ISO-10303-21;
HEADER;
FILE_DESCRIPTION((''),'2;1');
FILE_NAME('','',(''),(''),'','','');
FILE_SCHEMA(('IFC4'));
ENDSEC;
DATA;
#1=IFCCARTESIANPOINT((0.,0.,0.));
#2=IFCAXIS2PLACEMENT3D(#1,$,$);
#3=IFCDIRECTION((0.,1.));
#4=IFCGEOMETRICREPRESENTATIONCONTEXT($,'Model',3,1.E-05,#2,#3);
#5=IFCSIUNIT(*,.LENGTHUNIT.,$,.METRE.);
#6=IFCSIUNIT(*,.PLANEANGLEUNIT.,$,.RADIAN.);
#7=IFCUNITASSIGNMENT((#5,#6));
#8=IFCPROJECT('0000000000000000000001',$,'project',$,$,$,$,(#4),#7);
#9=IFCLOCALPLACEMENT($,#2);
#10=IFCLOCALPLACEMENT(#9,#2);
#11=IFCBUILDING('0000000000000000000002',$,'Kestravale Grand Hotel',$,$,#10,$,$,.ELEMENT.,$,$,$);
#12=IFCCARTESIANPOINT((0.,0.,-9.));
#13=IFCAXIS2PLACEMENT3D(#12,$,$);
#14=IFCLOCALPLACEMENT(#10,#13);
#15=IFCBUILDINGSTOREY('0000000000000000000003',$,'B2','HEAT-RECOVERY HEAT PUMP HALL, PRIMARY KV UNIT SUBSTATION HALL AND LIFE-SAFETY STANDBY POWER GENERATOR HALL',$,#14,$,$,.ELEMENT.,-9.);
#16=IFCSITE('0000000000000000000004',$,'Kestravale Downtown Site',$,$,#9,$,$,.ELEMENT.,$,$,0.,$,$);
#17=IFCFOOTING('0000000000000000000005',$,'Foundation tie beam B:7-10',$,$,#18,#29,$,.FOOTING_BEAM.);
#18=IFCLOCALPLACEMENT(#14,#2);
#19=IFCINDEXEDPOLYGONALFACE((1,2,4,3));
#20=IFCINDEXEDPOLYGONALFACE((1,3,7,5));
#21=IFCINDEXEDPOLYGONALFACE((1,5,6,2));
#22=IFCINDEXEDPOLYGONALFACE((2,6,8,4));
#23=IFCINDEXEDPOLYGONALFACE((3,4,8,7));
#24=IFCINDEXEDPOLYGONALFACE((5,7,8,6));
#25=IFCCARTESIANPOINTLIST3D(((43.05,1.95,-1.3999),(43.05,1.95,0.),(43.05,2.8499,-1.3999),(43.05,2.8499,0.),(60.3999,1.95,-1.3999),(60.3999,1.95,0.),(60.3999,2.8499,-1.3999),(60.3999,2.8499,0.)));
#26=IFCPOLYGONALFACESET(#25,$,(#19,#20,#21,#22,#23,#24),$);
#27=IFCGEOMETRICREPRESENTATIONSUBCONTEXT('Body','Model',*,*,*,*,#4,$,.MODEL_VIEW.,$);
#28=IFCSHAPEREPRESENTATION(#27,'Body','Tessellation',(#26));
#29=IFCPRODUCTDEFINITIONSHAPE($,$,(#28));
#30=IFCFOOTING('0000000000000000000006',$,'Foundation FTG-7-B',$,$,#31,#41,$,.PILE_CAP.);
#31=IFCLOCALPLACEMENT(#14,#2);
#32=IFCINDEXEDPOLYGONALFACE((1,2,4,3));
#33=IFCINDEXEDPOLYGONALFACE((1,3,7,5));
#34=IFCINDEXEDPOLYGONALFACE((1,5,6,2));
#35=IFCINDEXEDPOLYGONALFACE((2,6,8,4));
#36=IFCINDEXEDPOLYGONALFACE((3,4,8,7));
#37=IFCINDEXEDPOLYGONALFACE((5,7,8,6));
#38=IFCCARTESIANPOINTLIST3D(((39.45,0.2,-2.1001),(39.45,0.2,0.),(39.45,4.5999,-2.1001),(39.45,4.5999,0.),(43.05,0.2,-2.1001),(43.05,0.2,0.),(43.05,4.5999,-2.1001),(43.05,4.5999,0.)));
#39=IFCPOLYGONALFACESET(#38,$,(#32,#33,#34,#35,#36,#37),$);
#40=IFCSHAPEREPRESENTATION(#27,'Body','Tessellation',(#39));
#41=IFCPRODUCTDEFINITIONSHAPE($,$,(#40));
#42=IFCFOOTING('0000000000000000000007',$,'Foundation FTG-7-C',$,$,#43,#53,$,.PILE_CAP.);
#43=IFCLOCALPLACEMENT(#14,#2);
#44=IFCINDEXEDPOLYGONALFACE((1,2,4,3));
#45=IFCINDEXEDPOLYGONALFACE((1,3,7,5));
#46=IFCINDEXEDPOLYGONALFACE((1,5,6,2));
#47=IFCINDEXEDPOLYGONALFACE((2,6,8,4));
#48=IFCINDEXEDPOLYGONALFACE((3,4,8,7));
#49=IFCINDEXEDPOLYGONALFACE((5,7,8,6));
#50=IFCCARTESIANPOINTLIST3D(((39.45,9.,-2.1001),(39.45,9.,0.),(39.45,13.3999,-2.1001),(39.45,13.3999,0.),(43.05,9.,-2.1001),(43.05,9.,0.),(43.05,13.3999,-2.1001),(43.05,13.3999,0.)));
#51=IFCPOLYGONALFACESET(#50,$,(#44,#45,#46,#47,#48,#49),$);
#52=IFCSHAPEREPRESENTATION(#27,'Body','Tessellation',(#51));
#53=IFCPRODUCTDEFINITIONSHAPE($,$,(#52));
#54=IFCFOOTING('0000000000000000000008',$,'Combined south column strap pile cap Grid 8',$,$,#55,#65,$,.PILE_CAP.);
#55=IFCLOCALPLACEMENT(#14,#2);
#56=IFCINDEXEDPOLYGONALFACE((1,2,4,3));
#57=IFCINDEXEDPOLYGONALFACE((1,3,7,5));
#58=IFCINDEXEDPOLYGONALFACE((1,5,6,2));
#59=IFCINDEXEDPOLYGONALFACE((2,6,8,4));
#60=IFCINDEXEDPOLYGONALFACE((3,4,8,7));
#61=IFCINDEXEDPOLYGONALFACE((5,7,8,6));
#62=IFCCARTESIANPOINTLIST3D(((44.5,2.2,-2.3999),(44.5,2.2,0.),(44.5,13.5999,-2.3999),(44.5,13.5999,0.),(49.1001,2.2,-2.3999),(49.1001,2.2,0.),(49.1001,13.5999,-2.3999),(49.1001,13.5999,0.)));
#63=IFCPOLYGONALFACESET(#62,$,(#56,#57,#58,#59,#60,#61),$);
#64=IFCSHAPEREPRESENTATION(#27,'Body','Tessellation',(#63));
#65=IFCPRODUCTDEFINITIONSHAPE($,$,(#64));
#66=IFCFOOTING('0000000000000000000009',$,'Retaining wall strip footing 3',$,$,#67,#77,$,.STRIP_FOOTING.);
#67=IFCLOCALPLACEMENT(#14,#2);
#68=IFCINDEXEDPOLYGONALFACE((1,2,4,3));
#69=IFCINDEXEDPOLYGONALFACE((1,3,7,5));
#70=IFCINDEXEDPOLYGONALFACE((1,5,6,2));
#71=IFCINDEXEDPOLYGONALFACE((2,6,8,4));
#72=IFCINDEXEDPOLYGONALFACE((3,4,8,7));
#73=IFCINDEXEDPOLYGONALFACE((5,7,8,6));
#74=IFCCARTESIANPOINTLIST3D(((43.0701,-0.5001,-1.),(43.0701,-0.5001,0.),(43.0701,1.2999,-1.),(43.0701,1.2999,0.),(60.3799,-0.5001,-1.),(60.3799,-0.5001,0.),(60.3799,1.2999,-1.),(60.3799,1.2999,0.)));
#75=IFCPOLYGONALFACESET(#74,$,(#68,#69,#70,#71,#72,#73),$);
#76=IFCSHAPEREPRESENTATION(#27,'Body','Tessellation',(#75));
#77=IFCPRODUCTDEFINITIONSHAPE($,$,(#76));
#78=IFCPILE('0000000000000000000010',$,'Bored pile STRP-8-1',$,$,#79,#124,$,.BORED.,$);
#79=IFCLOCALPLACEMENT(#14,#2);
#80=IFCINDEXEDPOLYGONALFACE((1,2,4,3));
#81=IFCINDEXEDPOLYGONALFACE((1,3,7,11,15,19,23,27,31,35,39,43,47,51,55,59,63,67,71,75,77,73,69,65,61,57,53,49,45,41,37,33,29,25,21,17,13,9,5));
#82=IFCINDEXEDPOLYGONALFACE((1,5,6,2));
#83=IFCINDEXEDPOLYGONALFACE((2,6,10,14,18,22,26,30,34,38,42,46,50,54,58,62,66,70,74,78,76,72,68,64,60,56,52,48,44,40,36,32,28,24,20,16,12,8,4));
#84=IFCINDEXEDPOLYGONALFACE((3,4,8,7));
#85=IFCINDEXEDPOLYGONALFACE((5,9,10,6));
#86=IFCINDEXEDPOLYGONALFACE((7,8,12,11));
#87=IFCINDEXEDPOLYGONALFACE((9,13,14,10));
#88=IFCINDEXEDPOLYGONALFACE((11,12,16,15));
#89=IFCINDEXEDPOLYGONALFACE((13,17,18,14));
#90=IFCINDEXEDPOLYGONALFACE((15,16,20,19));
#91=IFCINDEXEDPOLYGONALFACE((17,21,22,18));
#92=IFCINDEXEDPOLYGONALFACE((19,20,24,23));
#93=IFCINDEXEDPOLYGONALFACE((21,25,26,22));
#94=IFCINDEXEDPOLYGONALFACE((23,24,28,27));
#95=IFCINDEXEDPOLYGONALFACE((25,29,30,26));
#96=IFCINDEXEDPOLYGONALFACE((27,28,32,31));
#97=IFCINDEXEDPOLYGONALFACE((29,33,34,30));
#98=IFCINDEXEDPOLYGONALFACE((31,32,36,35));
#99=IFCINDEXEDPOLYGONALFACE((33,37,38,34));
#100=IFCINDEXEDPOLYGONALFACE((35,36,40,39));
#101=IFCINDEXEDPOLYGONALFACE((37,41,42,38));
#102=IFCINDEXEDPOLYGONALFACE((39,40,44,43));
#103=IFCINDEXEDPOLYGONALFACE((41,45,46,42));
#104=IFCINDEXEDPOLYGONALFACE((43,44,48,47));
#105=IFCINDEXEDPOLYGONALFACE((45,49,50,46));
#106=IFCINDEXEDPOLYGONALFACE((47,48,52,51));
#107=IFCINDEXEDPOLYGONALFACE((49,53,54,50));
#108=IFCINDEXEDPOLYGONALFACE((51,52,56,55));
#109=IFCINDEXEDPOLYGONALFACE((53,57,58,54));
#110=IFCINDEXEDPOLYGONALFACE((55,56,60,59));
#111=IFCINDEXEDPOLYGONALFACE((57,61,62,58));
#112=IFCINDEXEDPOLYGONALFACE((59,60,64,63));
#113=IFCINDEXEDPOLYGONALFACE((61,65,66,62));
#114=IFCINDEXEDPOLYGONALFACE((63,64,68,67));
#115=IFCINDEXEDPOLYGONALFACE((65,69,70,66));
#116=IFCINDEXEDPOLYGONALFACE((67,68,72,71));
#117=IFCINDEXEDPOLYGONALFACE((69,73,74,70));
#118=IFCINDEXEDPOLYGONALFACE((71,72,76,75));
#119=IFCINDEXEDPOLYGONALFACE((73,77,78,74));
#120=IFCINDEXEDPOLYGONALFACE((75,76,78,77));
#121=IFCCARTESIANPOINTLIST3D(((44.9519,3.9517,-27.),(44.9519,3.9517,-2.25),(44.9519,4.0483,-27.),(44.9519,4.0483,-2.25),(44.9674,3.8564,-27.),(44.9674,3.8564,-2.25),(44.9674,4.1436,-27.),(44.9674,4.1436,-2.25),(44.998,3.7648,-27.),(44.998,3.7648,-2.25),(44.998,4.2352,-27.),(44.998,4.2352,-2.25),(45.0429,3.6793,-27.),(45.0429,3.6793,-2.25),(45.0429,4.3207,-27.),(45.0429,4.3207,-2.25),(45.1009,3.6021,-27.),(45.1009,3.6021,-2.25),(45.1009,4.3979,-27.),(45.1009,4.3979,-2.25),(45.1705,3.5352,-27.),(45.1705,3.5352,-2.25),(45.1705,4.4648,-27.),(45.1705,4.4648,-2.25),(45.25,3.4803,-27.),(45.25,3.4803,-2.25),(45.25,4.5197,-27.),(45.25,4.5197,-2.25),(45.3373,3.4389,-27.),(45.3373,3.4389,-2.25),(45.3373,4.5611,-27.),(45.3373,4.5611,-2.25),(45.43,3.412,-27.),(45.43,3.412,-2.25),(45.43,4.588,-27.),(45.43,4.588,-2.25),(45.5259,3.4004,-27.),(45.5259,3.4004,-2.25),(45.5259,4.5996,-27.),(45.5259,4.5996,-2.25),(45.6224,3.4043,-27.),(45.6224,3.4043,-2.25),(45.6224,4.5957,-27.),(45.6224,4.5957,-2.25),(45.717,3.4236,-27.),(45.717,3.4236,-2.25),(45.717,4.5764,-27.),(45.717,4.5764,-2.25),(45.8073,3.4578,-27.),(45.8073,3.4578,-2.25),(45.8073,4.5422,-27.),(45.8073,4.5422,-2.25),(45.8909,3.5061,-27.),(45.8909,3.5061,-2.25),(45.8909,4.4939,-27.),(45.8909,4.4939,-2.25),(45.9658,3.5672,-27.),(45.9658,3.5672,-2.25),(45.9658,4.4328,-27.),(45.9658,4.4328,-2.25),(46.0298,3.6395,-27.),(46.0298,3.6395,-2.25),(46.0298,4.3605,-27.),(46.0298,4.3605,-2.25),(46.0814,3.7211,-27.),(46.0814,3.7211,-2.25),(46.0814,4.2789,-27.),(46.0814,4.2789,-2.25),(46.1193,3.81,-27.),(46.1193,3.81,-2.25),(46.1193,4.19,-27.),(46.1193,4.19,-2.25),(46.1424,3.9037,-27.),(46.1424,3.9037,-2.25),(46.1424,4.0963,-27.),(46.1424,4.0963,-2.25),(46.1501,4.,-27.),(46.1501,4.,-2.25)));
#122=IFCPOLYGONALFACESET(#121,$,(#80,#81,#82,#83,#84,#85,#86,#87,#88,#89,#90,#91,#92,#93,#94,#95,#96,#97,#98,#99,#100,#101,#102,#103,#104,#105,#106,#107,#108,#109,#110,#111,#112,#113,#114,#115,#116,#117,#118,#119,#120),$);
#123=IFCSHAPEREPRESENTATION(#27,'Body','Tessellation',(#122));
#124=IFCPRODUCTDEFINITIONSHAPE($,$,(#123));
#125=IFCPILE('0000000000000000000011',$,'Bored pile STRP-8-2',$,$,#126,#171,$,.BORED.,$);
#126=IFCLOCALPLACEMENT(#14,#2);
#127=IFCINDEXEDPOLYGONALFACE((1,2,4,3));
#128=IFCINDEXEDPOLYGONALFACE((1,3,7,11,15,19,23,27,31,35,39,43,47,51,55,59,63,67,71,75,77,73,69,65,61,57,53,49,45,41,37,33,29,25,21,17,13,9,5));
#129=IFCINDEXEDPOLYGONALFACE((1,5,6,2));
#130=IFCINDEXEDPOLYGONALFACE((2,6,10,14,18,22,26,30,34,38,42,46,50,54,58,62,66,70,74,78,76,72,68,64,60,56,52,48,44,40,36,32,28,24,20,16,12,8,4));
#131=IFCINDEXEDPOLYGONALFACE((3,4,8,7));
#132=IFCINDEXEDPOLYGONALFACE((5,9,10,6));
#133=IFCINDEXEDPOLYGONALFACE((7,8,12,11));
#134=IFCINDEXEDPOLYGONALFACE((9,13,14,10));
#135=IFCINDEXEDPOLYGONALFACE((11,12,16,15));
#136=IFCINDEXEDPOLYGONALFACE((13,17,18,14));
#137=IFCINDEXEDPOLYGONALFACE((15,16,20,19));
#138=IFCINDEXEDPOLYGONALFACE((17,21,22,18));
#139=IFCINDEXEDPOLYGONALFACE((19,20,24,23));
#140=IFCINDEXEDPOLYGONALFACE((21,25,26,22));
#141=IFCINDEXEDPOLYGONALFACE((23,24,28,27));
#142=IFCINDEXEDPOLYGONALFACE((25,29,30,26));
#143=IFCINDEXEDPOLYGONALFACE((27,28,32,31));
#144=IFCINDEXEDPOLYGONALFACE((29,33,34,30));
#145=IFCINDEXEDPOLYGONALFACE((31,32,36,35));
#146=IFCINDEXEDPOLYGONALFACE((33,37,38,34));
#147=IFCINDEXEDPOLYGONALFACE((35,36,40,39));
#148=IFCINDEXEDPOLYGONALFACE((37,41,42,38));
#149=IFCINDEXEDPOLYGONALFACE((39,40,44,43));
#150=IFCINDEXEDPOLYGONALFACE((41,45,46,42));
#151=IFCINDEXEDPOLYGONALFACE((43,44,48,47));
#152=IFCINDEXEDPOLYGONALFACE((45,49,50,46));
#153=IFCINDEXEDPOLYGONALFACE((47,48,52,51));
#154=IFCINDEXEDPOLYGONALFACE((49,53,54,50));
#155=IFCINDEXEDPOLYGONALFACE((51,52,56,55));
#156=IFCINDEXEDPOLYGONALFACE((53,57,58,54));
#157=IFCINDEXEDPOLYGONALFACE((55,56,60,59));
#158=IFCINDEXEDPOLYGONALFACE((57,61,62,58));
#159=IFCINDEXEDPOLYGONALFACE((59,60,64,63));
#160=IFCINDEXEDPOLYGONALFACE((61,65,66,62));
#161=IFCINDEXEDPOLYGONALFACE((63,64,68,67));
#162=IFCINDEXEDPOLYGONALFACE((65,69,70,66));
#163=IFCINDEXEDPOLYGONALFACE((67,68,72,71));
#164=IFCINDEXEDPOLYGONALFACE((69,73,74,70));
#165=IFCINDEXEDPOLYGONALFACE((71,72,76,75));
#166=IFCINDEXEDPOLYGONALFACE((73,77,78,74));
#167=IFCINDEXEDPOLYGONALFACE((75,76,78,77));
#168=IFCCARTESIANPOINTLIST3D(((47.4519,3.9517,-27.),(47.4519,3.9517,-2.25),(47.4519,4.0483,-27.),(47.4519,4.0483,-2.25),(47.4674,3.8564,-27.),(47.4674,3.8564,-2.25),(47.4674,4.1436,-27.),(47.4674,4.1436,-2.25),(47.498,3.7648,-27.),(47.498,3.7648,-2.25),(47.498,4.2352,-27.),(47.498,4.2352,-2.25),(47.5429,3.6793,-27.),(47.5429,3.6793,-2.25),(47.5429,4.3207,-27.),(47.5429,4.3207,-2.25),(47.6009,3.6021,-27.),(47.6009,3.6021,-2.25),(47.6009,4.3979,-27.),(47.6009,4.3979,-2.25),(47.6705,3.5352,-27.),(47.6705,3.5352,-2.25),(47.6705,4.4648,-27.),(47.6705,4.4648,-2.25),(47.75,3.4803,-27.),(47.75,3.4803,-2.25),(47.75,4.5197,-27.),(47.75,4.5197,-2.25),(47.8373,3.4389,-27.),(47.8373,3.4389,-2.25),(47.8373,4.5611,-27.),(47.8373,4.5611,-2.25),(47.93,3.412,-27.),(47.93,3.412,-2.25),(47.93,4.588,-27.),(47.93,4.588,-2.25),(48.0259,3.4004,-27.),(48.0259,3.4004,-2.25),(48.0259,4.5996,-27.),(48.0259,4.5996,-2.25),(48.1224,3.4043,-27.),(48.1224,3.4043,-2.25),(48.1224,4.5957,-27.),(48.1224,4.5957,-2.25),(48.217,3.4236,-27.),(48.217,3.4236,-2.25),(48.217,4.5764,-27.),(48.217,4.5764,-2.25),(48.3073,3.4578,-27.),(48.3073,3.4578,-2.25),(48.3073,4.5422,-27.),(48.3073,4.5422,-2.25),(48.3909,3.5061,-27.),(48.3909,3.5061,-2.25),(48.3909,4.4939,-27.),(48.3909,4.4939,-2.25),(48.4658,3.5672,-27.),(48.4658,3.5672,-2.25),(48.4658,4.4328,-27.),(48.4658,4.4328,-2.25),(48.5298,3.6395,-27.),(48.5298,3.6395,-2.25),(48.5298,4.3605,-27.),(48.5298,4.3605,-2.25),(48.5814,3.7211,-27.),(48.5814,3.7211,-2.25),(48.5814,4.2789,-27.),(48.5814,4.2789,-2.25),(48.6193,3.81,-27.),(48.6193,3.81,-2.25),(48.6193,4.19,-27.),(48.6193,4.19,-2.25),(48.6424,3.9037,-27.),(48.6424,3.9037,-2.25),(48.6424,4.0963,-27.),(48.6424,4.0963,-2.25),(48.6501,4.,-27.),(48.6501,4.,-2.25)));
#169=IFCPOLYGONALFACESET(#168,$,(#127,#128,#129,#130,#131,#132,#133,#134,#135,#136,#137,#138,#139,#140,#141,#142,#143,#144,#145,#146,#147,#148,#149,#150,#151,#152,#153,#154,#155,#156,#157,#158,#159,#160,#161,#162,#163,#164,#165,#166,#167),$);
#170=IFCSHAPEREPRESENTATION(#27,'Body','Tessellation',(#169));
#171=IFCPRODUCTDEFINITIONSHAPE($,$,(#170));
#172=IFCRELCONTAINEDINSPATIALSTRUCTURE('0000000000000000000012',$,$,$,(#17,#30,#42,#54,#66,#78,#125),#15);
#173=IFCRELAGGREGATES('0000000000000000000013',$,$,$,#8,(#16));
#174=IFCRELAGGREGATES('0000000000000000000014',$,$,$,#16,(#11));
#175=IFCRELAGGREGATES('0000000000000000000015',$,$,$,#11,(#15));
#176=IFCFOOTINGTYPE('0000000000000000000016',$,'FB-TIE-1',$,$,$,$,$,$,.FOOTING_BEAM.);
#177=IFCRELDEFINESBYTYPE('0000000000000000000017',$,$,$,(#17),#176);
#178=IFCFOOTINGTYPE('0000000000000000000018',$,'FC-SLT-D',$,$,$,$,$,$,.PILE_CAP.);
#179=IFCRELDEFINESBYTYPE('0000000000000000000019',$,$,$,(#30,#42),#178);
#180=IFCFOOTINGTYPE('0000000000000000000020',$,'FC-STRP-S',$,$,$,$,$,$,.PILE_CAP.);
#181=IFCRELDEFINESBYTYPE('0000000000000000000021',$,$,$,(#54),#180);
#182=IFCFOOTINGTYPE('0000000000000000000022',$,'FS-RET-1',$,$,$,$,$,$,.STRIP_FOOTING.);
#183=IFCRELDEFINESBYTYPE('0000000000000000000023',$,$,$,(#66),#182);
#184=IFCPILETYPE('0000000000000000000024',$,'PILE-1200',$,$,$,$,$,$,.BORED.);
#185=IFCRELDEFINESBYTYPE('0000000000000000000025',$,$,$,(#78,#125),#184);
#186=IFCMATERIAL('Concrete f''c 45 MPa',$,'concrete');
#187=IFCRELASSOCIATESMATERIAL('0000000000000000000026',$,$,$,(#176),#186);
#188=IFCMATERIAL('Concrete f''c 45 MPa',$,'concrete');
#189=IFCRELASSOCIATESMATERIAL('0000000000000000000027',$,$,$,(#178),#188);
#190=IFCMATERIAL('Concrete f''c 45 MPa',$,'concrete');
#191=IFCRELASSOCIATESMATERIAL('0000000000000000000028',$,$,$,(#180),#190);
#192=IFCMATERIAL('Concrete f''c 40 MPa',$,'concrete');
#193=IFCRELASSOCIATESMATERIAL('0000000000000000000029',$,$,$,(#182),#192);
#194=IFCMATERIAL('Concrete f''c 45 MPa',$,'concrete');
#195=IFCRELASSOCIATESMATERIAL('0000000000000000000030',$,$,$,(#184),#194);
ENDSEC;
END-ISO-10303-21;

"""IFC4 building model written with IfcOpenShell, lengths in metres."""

from ifc_helpers import new_model, si_unit, direction, frame, origin, origin_2d, place, context, subcontext, project, spatial, rectangle, circle, extrude, material, material_profile, profile_set, type_object, element, save


model = new_model("IFC4")

# Units and contexts
model_context = context("Model", 3, precision=1e-05, world=origin(), true_north=direction((0.0, 1.0)))
body_context = subcontext(model_context, "Body", "Model", "MODEL_VIEW")
ifc_project = project(units=[si_unit("LENGTHUNIT", "METRE"), si_unit("PLANEANGLEUNIT", "RADIAN")], contexts=[model_context])

# Site, building, storey
site_placement = place(None, origin())
site = spatial("IfcSite", under=ifc_project, at=site_placement, Name="Kestravale Downtown Site", CompositionType="ELEMENT", RefElevation=0.0)
building_placement = place(site_placement, origin())
building = spatial("IfcBuilding", under=site, at=building_placement, Name="Kestravale Grand Hotel", CompositionType="ELEMENT")
storey_placement = place(building_placement, frame((0.0, 0.0, -9.0)))
storey = spatial("IfcBuildingStorey", under=building, at=storey_placement, Name="B2", Description="HEAT-RECOVERY HEAT PUMP HALL, PRIMARY KV UNIT SUBSTATION HALL AND LIFE-SAFETY STANDBY POWER GENERATOR HALL", CompositionType="ELEMENT", Elevation=-9.0)

# Footings
ifc_material_1 = material(Name="Concrete f'c 45 MPa", Category="concrete")
ifc_material_profile_1 = material_profile(ifc_material_1, rectangle(XDim=0.8999, YDim=1.3999, at=origin_2d()))
ifc_profile_set_1 = profile_set([ifc_material_profile_1], Name="Concrete f'c 45 MPa")
footing_type_1 = type_object("IfcFootingType", Name="FB-TIE-1", PredefinedType="FOOTING_BEAM", material=ifc_profile_set_1)
footing_1_placement = place(storey_placement, frame((43.05, 2.3999, -0.7), z_axis=(1.0, 0.0, 0.0), x_axis=(0.0, 1.0, 0.0)))
element("IfcFooting", 1, at=footing_1_placement, inside=storey, type_object=footing_type_1, Name="Foundation tie beam B:7-10", PredefinedType="FOOTING_BEAM", context=body_context, shape_type="SweptSolid", body=[
    extrude(rectangle(XDim=0.8999, YDim=1.3999, at=origin_2d()), origin(), (0.0, 0.0, 1.0), 17.3499),
])
ifc_material_2 = material(Name="Concrete f'c 45 MPa", Category="concrete")
footing_type_2 = type_object("IfcFootingType", Name="FC-SLT-D", PredefinedType="PILE_CAP", material=ifc_material_2)
for number, where, z_axis, x_axis, name in (
    (2, (41.25, 2.3999, -2.1001), (0.0, 0.0, 1.0), (1.0, 0.0, 0.0), "Foundation FTG-7-B"),
    (3, (41.25, 11.2, -2.1001), (0.0, 0.0, 1.0), (1.0, 0.0, 0.0), "Foundation FTG-7-C"),
):
    element("IfcFooting", number, at=place(storey_placement, frame(where, z_axis=z_axis, x_axis=x_axis)), inside=storey, type_object=footing_type_2, Name=name, PredefinedType="PILE_CAP", context=body_context, shape_type="SweptSolid", body=[
        extrude(rectangle(XDim=3.6001, YDim=4.3999, at=origin_2d()), origin(), (0.0, 0.0, 1.0), 2.1001),
    ])
ifc_material_3 = material(Name="Concrete f'c 45 MPa", Category="concrete")
footing_type_3 = type_object("IfcFootingType", Name="FC-STRP-S", PredefinedType="PILE_CAP", material=ifc_material_3)
footing_2_placement = place(storey_placement, frame((46.8, 7.8999, -2.3999), z_axis=(0.0, 0.0, 1.0), x_axis=(1.0, 0.0, 0.0)))
element("IfcFooting", 4, at=footing_2_placement, inside=storey, type_object=footing_type_3, Name="Combined south column strap pile cap Grid 8", PredefinedType="PILE_CAP", context=body_context, shape_type="SweptSolid", body=[
    extrude(rectangle(XDim=4.6001, YDim=11.3999, at=origin_2d()), origin(), (0.0, 0.0, 1.0), 2.3999),
])
ifc_material_4 = material(Name="Concrete f'c 40 MPa", Category="concrete")
ifc_material_profile_2 = material_profile(ifc_material_4, rectangle(XDim=1.8, YDim=1.0, at=origin_2d()))
ifc_profile_set_2 = profile_set([ifc_material_profile_2], Name="Concrete f'c 40 MPa")
footing_type_4 = type_object("IfcFootingType", Name="FS-RET-1", PredefinedType="STRIP_FOOTING", material=ifc_profile_set_2)
footing_3_placement = place(storey_placement, frame((43.0701, 0.3999, -0.5), z_axis=(1.0, 0.0, 0.0), x_axis=(0.0, 1.0, 0.0)))
element("IfcFooting", 5, at=footing_3_placement, inside=storey, type_object=footing_type_4, Name="Retaining wall strip footing 3", PredefinedType="STRIP_FOOTING", context=body_context, shape_type="SweptSolid", body=[
    extrude(rectangle(XDim=1.8, YDim=1.0, at=origin_2d()), origin(), (0.0, 0.0, 1.0), 17.3098),
])

# Piles
ifc_material_5 = material(Name="Concrete f'c 45 MPa", Category="concrete")
ifc_material_profile_3 = material_profile(ifc_material_5, circle(Radius=0.6001, at=origin_2d()))
ifc_profile_set_3 = profile_set([ifc_material_profile_3], Name="Concrete f'c 45 MPa")
pile_type_1 = type_object("IfcPileType", Name="PILE-1200", PredefinedType="BORED", material=ifc_profile_set_3)
for number, where, z_axis, x_axis, name in (
    (6, (45.55, 4.0, -2.25), (0.0, 0.0, -1.0), (1.0, 0.0, 0.0), "Bored pile STRP-8-1"),
    (7, (48.05, 4.0, -2.25), (0.0, 0.0, -1.0), (1.0, 0.0, 0.0), "Bored pile STRP-8-2"),
):
    element("IfcPile", number, at=place(storey_placement, frame(where, z_axis=z_axis, x_axis=x_axis)), inside=storey, type_object=pile_type_1, Name=name, PredefinedType="BORED", context=body_context, shape_type="SweptSolid", body=[
        extrude(circle(Radius=0.6001, at=origin_2d()), origin(), (0.0, 0.0, 1.0), 24.75),
    ])

save(model, "model.ifc")
